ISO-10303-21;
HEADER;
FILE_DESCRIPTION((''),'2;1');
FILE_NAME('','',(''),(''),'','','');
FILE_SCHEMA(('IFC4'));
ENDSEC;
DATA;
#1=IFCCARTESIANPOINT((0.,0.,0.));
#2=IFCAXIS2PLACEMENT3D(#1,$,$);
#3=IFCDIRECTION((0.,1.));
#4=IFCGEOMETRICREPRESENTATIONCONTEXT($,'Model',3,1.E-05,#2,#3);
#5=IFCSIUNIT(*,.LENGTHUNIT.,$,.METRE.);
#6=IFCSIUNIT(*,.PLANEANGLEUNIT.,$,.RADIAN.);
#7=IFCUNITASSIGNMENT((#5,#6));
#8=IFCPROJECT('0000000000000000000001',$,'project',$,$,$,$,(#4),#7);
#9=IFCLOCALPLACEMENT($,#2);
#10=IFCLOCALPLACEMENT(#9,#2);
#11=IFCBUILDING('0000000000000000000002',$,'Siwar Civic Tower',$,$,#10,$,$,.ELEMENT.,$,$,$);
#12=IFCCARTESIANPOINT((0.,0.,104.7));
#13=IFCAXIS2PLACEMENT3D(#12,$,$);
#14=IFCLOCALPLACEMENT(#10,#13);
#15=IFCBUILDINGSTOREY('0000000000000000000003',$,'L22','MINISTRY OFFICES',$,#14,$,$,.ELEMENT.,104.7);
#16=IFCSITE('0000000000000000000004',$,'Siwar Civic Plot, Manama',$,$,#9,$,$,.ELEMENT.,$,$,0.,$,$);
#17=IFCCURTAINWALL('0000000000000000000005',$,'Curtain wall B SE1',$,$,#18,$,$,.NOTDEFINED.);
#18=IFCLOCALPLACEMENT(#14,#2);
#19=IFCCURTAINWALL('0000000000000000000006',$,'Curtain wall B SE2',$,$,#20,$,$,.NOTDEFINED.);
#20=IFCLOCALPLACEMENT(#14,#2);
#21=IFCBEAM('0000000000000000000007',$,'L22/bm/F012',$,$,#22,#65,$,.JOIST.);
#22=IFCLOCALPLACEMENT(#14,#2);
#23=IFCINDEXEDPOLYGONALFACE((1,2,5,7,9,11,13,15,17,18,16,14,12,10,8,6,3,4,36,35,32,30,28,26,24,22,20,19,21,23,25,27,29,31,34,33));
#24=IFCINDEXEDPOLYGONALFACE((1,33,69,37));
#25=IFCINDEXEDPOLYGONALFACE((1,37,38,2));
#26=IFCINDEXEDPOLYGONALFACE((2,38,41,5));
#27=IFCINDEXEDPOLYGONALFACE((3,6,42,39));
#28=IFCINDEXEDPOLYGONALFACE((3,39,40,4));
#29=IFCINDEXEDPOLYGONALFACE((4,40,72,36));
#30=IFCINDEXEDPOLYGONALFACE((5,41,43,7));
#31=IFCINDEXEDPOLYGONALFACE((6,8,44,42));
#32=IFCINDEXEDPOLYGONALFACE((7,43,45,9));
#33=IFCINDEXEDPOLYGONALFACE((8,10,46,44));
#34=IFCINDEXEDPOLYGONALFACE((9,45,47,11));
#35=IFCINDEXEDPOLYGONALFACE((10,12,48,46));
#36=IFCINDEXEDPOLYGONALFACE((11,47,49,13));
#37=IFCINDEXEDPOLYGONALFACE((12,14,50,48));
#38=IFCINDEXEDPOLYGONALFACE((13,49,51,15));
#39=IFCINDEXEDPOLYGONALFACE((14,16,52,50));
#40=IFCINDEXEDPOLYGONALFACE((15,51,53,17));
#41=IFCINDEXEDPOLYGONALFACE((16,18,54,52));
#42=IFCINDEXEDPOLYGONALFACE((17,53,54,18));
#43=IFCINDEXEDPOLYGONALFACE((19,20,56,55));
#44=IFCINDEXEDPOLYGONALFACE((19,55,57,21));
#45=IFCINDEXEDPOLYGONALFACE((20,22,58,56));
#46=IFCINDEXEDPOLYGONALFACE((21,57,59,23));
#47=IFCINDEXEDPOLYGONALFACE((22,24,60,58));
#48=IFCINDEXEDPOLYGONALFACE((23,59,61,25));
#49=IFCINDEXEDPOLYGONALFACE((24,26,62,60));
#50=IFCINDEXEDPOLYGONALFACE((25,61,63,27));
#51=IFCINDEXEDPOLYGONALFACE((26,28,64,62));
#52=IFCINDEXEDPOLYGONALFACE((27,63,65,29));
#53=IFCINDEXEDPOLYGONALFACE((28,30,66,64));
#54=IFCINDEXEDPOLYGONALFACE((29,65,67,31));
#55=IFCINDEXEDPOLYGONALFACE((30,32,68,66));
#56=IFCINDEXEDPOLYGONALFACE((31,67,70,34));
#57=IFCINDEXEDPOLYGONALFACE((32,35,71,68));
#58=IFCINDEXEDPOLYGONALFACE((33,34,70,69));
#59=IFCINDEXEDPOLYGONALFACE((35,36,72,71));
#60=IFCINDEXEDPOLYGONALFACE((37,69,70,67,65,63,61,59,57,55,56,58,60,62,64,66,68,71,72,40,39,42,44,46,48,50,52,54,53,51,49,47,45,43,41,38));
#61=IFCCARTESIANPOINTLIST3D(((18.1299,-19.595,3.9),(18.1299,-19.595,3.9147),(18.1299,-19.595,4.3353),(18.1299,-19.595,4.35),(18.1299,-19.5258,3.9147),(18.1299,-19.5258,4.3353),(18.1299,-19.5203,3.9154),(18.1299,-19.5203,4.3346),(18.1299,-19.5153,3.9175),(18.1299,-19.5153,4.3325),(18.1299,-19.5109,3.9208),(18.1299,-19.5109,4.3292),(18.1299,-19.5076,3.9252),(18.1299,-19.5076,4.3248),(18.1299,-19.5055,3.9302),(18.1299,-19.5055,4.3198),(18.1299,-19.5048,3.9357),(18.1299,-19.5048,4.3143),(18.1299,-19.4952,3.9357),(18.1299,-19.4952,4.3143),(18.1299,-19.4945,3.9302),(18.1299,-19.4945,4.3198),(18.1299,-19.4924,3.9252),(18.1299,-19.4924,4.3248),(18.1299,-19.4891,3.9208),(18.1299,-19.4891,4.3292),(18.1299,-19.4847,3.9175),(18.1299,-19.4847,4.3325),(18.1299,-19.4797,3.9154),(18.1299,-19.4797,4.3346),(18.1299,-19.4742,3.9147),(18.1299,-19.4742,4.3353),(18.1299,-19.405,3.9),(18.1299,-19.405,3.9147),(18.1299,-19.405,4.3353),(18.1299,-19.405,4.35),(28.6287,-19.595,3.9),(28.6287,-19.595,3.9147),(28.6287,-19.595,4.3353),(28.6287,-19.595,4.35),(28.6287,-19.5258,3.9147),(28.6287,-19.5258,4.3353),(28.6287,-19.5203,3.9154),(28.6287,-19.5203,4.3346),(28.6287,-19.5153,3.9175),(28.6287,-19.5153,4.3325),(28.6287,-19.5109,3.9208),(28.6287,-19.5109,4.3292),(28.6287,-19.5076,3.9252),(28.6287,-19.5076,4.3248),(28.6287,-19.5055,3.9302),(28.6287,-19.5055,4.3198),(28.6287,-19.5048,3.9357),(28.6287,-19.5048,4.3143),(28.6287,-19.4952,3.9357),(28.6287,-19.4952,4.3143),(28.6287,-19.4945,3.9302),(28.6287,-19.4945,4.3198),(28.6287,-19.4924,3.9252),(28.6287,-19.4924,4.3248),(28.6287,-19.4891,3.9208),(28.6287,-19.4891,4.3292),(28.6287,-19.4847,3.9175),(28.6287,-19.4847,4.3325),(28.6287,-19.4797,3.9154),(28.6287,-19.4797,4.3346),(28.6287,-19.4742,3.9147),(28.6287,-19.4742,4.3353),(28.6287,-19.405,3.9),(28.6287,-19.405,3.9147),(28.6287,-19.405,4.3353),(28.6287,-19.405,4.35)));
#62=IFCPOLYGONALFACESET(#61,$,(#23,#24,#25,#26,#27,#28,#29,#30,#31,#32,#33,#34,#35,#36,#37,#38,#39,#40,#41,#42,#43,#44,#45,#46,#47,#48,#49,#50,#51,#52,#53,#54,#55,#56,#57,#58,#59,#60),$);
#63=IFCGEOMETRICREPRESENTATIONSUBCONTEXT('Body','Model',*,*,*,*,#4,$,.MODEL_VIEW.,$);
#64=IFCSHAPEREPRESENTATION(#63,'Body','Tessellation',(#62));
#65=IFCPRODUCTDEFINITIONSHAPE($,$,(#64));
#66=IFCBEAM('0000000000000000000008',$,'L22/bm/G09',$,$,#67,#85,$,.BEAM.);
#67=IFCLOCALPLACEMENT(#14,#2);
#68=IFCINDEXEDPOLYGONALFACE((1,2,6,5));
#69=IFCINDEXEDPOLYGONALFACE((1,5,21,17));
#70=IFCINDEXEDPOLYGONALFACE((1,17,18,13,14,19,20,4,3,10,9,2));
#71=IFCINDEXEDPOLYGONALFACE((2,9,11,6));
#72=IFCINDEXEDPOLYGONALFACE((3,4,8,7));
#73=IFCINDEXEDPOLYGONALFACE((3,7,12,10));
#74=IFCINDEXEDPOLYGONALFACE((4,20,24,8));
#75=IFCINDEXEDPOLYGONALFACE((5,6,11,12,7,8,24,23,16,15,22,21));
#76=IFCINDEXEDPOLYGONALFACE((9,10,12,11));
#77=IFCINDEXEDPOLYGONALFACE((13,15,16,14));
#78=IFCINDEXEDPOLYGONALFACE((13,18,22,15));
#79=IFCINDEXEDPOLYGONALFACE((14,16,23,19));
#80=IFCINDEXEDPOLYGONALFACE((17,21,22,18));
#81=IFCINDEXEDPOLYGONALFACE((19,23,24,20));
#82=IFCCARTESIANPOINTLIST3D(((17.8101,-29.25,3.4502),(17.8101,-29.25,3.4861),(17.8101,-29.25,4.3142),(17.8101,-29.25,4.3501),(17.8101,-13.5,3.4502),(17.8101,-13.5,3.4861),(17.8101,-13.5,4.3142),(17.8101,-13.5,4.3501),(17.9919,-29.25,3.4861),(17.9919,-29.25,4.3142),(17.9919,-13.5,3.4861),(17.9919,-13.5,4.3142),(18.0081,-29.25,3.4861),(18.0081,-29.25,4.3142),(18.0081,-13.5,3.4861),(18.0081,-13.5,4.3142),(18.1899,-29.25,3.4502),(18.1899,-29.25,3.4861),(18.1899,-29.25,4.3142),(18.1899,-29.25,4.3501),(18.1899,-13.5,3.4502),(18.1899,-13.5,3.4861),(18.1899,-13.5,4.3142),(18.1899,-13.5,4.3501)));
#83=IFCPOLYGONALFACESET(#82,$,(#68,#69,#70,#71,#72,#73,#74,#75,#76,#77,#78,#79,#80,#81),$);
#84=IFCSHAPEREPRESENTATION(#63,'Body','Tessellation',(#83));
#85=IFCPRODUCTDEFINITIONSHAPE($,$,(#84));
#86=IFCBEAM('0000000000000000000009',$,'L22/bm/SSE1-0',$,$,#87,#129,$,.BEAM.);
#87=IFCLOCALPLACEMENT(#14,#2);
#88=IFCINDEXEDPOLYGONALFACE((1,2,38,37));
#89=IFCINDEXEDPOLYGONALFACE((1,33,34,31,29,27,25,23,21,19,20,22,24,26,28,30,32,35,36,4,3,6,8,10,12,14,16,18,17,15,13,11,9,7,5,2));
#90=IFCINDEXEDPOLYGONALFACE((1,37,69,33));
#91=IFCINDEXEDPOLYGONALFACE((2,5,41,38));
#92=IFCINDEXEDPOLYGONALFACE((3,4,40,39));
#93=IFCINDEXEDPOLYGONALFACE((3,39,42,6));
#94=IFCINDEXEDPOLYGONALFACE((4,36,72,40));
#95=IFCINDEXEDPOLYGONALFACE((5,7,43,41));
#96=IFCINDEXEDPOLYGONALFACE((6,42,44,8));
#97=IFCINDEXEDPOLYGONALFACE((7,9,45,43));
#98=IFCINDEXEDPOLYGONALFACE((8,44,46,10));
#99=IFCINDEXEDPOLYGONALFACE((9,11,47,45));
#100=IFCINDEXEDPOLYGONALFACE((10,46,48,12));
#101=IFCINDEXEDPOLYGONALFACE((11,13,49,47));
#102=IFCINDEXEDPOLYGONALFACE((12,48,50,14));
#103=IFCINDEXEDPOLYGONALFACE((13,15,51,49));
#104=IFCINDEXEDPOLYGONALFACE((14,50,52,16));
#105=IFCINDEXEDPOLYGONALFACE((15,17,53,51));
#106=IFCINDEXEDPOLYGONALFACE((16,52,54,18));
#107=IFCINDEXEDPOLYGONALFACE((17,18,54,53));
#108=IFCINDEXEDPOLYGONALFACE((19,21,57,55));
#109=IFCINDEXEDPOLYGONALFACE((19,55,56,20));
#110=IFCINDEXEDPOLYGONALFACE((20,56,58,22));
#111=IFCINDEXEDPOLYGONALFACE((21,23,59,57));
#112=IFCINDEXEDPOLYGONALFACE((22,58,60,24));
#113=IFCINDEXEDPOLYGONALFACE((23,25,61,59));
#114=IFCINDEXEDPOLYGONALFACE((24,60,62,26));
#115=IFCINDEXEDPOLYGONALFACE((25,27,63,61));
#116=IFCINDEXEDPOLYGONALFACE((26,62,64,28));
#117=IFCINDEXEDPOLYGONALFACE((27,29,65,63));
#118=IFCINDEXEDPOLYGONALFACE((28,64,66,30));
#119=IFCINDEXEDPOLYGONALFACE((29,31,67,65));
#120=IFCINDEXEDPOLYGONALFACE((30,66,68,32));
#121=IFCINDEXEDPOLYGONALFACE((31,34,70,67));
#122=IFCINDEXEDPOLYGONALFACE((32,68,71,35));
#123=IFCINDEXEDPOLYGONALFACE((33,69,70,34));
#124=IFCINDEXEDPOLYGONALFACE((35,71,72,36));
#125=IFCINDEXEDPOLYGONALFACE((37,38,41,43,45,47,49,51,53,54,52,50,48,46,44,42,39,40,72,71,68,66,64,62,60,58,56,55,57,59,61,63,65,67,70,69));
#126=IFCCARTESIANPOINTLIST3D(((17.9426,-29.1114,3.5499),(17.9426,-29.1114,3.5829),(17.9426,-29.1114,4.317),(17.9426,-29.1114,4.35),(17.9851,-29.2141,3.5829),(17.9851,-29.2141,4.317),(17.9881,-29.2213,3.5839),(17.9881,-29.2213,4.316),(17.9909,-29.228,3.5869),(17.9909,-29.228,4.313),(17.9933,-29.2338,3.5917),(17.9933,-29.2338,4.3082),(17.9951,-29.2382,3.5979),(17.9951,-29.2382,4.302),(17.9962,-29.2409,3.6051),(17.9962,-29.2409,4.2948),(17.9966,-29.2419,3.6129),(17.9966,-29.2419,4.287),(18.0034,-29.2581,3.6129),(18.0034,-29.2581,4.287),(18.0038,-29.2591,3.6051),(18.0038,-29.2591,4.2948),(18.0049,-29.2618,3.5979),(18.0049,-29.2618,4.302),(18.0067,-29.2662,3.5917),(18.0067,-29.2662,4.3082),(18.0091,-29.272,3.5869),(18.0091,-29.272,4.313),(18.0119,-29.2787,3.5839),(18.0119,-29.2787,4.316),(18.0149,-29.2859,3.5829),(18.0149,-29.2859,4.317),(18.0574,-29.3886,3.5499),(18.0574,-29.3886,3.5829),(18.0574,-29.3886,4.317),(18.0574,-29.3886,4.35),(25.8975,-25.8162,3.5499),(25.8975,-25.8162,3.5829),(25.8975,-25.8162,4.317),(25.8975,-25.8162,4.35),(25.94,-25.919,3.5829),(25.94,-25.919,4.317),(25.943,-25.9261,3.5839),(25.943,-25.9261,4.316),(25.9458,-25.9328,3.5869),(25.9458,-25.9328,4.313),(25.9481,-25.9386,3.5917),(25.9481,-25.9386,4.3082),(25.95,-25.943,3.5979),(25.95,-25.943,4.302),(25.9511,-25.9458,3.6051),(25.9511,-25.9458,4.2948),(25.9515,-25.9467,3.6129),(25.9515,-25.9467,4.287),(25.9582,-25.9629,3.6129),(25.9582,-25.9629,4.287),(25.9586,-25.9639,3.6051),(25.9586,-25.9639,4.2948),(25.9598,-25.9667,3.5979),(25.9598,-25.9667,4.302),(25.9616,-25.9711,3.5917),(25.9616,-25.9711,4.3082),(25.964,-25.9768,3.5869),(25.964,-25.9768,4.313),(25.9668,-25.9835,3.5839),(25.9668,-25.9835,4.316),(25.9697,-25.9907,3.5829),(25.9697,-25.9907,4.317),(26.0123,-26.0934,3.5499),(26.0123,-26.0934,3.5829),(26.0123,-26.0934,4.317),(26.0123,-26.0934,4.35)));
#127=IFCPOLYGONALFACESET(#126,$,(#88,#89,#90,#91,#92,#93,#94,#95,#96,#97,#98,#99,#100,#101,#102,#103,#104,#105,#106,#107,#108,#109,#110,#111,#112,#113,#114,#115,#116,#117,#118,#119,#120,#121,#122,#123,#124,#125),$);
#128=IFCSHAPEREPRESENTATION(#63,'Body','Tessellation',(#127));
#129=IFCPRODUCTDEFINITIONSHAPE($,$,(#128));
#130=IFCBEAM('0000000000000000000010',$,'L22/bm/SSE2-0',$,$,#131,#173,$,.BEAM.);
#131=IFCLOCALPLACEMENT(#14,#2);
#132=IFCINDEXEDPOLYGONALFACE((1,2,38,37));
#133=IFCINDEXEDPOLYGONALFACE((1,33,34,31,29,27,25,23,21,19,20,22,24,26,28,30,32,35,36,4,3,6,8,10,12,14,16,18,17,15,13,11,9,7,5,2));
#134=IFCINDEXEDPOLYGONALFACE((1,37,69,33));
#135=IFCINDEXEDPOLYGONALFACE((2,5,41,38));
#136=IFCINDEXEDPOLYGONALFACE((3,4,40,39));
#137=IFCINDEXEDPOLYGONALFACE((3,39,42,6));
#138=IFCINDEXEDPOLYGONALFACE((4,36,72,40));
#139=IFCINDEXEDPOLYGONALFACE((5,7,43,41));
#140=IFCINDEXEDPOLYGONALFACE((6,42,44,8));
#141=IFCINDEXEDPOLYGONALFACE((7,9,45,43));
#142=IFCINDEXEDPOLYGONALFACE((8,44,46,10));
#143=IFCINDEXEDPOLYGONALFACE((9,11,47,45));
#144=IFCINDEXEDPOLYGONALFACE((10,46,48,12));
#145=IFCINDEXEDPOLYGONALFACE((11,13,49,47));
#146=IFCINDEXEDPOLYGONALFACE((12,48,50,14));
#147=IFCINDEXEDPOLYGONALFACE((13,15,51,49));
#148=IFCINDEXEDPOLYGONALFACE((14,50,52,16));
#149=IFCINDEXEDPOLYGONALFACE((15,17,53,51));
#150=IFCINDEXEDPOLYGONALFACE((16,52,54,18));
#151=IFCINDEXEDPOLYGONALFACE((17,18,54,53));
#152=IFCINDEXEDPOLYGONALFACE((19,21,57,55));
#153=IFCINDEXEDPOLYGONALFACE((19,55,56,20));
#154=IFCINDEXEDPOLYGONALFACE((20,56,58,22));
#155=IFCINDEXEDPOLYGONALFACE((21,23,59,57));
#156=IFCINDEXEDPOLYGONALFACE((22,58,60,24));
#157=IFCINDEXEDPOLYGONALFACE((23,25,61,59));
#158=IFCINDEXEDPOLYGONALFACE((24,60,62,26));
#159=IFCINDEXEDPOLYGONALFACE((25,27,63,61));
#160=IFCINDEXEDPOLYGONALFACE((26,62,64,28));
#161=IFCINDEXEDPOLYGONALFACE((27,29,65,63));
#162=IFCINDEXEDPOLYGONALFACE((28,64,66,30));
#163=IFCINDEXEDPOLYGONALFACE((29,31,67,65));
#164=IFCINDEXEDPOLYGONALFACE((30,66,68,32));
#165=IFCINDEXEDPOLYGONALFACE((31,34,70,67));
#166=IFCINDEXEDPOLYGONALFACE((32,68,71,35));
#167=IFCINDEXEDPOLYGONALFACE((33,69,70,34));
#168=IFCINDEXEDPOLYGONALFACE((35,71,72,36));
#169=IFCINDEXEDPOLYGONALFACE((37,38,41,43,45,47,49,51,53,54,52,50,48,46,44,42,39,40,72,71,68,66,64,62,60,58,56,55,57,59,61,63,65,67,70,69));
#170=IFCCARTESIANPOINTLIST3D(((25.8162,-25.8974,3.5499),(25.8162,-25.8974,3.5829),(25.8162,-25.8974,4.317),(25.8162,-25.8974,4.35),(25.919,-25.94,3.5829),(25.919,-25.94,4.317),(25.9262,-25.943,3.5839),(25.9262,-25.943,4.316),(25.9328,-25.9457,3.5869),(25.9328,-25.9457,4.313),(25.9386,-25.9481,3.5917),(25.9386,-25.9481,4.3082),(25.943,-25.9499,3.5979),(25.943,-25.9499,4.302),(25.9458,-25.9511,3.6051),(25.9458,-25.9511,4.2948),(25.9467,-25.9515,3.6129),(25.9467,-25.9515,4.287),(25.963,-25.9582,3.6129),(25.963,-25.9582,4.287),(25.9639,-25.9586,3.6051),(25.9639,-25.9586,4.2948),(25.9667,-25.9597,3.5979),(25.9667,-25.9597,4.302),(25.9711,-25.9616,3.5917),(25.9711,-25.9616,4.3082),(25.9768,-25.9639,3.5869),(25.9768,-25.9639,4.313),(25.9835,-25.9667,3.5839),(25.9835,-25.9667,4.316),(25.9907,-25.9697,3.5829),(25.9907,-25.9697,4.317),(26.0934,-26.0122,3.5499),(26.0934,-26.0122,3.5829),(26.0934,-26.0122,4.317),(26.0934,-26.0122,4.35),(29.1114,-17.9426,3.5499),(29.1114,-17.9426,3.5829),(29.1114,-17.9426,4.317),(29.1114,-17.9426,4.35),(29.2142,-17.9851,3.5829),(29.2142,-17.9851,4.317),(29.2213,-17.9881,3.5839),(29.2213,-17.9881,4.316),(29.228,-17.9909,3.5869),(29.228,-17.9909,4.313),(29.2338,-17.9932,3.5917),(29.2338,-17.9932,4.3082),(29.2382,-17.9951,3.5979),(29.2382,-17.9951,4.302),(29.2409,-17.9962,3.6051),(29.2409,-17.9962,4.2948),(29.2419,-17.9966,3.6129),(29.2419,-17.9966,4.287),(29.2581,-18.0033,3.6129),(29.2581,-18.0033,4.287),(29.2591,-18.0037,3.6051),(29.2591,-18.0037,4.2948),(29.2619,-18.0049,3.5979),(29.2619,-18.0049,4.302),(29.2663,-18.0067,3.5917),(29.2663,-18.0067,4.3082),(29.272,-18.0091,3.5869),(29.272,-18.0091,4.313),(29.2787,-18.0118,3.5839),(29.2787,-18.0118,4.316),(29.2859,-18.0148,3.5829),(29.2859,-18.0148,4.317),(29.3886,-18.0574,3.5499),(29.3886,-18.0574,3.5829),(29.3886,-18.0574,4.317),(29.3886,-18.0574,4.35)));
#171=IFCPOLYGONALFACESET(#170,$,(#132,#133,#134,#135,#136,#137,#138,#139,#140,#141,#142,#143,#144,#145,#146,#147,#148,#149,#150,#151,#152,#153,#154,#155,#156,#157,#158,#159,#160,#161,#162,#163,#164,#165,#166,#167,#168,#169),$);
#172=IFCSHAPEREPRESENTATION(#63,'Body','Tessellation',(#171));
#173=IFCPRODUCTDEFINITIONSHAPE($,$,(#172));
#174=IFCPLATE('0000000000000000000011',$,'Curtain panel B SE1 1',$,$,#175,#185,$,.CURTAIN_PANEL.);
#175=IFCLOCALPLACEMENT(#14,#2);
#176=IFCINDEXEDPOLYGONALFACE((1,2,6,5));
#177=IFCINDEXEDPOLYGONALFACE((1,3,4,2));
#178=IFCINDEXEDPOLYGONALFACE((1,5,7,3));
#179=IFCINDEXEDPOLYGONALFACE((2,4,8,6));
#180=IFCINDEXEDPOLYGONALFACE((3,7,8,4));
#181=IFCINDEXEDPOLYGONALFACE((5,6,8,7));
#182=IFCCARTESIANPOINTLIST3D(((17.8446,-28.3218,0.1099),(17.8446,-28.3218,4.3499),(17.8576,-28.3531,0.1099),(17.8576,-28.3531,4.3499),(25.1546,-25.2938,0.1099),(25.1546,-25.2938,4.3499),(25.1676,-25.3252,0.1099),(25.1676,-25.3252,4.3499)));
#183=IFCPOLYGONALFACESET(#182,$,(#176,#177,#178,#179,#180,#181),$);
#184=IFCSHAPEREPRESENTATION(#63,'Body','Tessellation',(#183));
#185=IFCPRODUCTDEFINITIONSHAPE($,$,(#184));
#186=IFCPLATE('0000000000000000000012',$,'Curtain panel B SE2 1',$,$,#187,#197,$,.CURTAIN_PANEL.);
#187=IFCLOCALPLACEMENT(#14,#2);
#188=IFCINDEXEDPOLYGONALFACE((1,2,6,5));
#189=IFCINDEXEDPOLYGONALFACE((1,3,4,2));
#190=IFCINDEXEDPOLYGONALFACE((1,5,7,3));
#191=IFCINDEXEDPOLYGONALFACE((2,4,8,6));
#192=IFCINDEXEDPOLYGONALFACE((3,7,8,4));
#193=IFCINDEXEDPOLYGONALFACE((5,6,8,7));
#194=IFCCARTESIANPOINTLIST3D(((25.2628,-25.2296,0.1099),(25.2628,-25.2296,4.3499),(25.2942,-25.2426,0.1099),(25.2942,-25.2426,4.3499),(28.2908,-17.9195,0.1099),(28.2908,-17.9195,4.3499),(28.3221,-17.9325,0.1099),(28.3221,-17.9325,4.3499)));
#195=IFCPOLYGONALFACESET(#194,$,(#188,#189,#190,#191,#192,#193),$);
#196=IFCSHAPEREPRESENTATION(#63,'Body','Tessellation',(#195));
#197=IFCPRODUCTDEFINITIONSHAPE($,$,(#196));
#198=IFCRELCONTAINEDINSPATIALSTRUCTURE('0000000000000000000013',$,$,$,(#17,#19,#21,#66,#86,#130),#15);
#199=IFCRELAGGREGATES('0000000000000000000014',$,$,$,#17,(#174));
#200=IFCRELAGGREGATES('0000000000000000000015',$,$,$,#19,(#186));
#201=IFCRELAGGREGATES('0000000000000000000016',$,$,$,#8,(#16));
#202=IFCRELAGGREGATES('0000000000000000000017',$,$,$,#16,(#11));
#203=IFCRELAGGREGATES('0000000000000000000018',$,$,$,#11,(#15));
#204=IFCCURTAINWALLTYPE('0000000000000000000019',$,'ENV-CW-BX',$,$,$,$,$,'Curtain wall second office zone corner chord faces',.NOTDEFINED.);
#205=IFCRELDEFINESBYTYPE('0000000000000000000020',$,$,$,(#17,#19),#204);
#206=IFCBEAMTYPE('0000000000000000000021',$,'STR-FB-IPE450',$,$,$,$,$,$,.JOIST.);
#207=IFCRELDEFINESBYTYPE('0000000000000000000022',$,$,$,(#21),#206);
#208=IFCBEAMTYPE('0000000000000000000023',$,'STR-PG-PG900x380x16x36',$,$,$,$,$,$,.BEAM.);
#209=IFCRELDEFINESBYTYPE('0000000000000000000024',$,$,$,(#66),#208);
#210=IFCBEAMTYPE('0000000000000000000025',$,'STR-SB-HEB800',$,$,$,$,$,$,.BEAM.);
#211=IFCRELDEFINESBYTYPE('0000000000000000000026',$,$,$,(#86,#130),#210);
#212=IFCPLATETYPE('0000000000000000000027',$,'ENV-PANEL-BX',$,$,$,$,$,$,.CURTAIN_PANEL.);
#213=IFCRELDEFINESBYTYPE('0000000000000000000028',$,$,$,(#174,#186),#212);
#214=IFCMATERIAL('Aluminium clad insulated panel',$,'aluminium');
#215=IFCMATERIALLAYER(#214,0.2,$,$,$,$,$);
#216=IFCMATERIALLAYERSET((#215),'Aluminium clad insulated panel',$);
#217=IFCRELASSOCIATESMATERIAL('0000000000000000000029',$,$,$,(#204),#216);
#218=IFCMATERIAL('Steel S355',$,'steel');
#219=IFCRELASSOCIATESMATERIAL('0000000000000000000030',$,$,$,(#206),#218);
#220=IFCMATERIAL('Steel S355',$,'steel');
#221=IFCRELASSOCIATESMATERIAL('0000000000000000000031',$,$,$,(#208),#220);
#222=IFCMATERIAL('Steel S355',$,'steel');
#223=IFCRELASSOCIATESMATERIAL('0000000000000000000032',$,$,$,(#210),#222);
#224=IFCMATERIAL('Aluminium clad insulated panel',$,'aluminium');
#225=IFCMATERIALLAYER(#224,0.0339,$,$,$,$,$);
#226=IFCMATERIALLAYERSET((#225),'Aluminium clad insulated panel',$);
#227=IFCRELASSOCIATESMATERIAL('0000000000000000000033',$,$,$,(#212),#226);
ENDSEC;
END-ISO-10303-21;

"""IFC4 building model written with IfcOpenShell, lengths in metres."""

from ifc_helpers import new_model, si_unit, direction, frame, origin, origin_2d, place, context, subcontext, project, spatial, rectangle, i_section, extrude, material, layer, layer_set, material_profile, profile_set, type_object, element, aggregate, save


model = new_model("IFC4")

# Units and contexts
model_context = context("Model", 3, precision=1e-05, world=origin(), true_north=direction((0.0, 1.0)))
body_context = subcontext(model_context, "Body", "Model", "MODEL_VIEW")
ifc_project = project(units=[si_unit("LENGTHUNIT", "METRE"), si_unit("PLANEANGLEUNIT", "RADIAN")], contexts=[model_context])

# Site, building, storey
site_placement = place(None, origin())
site = spatial("IfcSite", under=ifc_project, at=site_placement, Name="Siwar Civic Plot, Manama", CompositionType="ELEMENT", RefElevation=0.0)
building_placement = place(site_placement, origin())
building = spatial("IfcBuilding", under=site, at=building_placement, Name="Siwar Civic Tower", CompositionType="ELEMENT")
storey_placement = place(building_placement, frame((0.0, 0.0, 104.7)))
storey = spatial("IfcBuildingStorey", under=building, at=storey_placement, Name="L22", Description="MINISTRY OFFICES", CompositionType="ELEMENT", Elevation=104.7)

# Curtain walls
ifc_material_1 = material(Name="Aluminium clad insulated panel", Category="aluminium")
ifc_layer_1 = layer(ifc_material_1, 0.2)
ifc_layer_set_1 = layer_set([ifc_layer_1], Name="Aluminium clad insulated panel")
curtain_wall_type = type_object("IfcCurtainWallType", Name="ENV-CW-BX", ElementType="Curtain wall second office zone corner chord faces", PredefinedType="NOTDEFINED", material=ifc_layer_set_1)
curtain_wall_1_placement = place(storey_placement, origin())
curtain_wall_1 = element("IfcCurtainWall", 1, at=curtain_wall_1_placement, inside=storey, type_object=curtain_wall_type, Name="Curtain wall B SE1", PredefinedType="NOTDEFINED")
curtain_wall_2_placement = place(storey_placement, origin())
curtain_wall_2 = element("IfcCurtainWall", 2, at=curtain_wall_2_placement, inside=storey, type_object=curtain_wall_type, Name="Curtain wall B SE2", PredefinedType="NOTDEFINED")

# Beams
ifc_material_2 = material(Name="Steel S355", Category="steel")
ifc_material_profile_1 = material_profile(ifc_material_2, i_section(OverallWidth=0.1899, OverallDepth=0.45, WebThickness=0.0095, FlangeThickness=0.0146, FilletRadius=0.021, at=origin_2d()), Name="IPE450")
ifc_profile_set_1 = profile_set([ifc_material_profile_1], Name="Steel S355")
beam_type_1 = type_object("IfcBeamType", Name="STR-FB-IPE450", PredefinedType="JOIST", material=ifc_profile_set_1)
beam_1_placement = place(storey_placement, frame((18.1299, -19.5, 4.125), z_axis=(1.0, 0.0, 0.0), x_axis=(0.0, 1.0, 0.0)))
element("IfcBeam", 3, at=beam_1_placement, inside=storey, type_object=beam_type_1, Name="L22/bm/F012", PredefinedType="JOIST", context=body_context, shape_type="SweptSolid", body=[
    extrude(i_section(OverallWidth=0.1899, OverallDepth=0.45, WebThickness=0.0095, FlangeThickness=0.0146, FilletRadius=0.021, at=origin_2d()), origin(), (0.0, 0.0, 1.0), 10.4988),
])
ifc_material_3 = material(Name="Steel S355", Category="steel")
ifc_material_profile_2 = material_profile(ifc_material_3, i_section(OverallWidth=0.3799, OverallDepth=0.8999, WebThickness=0.0161, FlangeThickness=0.0359, at=origin_2d()), Name="PG900x380x16x36")
ifc_profile_set_2 = profile_set([ifc_material_profile_2], Name="Steel S355")
beam_type_2 = type_object("IfcBeamType", Name="STR-PG-PG900x380x16x36", PredefinedType="BEAM", material=ifc_profile_set_2)
beam_2_placement = place(storey_placement, frame((18.0, -29.25, 3.9001), z_axis=(0.0, 1.0, 0.0), x_axis=(-1.0, 0.0, 0.0)))
element("IfcBeam", 4, at=beam_2_placement, inside=storey, type_object=beam_type_2, Name="L22/bm/G09", PredefinedType="BEAM", context=body_context, shape_type="SweptSolid", body=[
    extrude(i_section(OverallWidth=0.3799, OverallDepth=0.8999, WebThickness=0.0161, FlangeThickness=0.0359, at=origin_2d()), origin(), (0.0, 0.0, 1.0), 15.75),
])
ifc_material_4 = material(Name="Steel S355", Category="steel")
ifc_material_profile_3 = material_profile(ifc_material_4, i_section(OverallWidth=0.3, OverallDepth=0.8, WebThickness=0.0176, FlangeThickness=0.033, FilletRadius=0.03, at=origin_2d()), Name="HEB800")
ifc_profile_set_3 = profile_set([ifc_material_profile_3], Name="Steel S355")
beam_type_3 = type_object("IfcBeamType", Name="STR-SB-HEB800", PredefinedType="BEAM", material=ifc_profile_set_3)
for number, where, z_axis, x_axis, name in (
    (5, (18.0, -29.25, 3.95), (0.923873, 0.3827, 0.0), (-0.3827, 0.923873, 0.0), "L22/bm/SSE1-0"),
    (6, (25.9548, -25.9548, 3.95), (0.3827, 0.923873, 0.0), (-0.923873, 0.3827, 0.0), "L22/bm/SSE2-0"),
):
    element("IfcBeam", number, at=place(storey_placement, frame(where, z_axis=z_axis, x_axis=x_axis)), inside=storey, type_object=beam_type_3, Name=name, PredefinedType="BEAM", context=body_context, shape_type="SweptSolid", body=[
        extrude(i_section(OverallWidth=0.3, OverallDepth=0.8, WebThickness=0.0176, FlangeThickness=0.033, FilletRadius=0.03, at=origin_2d()), origin(), (0.0, 0.0, 1.0), 8.6104),
    ])

# Plates
ifc_material_5 = material(Name="Aluminium clad insulated panel", Category="aluminium")
ifc_layer_2 = layer(ifc_material_5, 0.0339)
ifc_layer_set_2 = layer_set([ifc_layer_2], Name="Aluminium clad insulated panel")
plate_type = type_object("IfcPlateType", Name="ENV-PANEL-BX", PredefinedType="CURTAIN_PANEL", material=ifc_layer_set_2)
plate_1_placement = place(storey_placement, frame((21.5061, -26.8235, 0.1099), z_axis=(0.0, 0.0, 1.0), x_axis=(0.92388, 0.382683, 0.0)))
plate_1 = element("IfcPlate", 7, at=plate_1_placement, type_object=plate_type, Name="Curtain panel B SE1 1", PredefinedType="CURTAIN_PANEL", context=body_context, shape_type="SweptSolid", body=[
    extrude(rectangle(XDim=7.9124, YDim=0.0339, at=origin_2d()), origin(), (0.0, 0.0, 1.0), 4.24),
])
aggregate(curtain_wall_1, [plate_1])
plate_2_placement = place(storey_placement, frame((26.7925, -21.5811, 0.1099), z_axis=(0.0, 0.0, 1.0), x_axis=(0.382683, 0.92388, 0.0)))
plate_2 = element("IfcPlate", 8, at=plate_2_placement, type_object=plate_type, Name="Curtain panel B SE2 1", PredefinedType="CURTAIN_PANEL", context=body_context, shape_type="SweptSolid", body=[
    extrude(rectangle(XDim=7.9124, YDim=0.0339, at=origin_2d()), origin(), (0.0, 0.0, 1.0), 4.24),
])
aggregate(curtain_wall_2, [plate_2])

save(model, "model.ifc")
